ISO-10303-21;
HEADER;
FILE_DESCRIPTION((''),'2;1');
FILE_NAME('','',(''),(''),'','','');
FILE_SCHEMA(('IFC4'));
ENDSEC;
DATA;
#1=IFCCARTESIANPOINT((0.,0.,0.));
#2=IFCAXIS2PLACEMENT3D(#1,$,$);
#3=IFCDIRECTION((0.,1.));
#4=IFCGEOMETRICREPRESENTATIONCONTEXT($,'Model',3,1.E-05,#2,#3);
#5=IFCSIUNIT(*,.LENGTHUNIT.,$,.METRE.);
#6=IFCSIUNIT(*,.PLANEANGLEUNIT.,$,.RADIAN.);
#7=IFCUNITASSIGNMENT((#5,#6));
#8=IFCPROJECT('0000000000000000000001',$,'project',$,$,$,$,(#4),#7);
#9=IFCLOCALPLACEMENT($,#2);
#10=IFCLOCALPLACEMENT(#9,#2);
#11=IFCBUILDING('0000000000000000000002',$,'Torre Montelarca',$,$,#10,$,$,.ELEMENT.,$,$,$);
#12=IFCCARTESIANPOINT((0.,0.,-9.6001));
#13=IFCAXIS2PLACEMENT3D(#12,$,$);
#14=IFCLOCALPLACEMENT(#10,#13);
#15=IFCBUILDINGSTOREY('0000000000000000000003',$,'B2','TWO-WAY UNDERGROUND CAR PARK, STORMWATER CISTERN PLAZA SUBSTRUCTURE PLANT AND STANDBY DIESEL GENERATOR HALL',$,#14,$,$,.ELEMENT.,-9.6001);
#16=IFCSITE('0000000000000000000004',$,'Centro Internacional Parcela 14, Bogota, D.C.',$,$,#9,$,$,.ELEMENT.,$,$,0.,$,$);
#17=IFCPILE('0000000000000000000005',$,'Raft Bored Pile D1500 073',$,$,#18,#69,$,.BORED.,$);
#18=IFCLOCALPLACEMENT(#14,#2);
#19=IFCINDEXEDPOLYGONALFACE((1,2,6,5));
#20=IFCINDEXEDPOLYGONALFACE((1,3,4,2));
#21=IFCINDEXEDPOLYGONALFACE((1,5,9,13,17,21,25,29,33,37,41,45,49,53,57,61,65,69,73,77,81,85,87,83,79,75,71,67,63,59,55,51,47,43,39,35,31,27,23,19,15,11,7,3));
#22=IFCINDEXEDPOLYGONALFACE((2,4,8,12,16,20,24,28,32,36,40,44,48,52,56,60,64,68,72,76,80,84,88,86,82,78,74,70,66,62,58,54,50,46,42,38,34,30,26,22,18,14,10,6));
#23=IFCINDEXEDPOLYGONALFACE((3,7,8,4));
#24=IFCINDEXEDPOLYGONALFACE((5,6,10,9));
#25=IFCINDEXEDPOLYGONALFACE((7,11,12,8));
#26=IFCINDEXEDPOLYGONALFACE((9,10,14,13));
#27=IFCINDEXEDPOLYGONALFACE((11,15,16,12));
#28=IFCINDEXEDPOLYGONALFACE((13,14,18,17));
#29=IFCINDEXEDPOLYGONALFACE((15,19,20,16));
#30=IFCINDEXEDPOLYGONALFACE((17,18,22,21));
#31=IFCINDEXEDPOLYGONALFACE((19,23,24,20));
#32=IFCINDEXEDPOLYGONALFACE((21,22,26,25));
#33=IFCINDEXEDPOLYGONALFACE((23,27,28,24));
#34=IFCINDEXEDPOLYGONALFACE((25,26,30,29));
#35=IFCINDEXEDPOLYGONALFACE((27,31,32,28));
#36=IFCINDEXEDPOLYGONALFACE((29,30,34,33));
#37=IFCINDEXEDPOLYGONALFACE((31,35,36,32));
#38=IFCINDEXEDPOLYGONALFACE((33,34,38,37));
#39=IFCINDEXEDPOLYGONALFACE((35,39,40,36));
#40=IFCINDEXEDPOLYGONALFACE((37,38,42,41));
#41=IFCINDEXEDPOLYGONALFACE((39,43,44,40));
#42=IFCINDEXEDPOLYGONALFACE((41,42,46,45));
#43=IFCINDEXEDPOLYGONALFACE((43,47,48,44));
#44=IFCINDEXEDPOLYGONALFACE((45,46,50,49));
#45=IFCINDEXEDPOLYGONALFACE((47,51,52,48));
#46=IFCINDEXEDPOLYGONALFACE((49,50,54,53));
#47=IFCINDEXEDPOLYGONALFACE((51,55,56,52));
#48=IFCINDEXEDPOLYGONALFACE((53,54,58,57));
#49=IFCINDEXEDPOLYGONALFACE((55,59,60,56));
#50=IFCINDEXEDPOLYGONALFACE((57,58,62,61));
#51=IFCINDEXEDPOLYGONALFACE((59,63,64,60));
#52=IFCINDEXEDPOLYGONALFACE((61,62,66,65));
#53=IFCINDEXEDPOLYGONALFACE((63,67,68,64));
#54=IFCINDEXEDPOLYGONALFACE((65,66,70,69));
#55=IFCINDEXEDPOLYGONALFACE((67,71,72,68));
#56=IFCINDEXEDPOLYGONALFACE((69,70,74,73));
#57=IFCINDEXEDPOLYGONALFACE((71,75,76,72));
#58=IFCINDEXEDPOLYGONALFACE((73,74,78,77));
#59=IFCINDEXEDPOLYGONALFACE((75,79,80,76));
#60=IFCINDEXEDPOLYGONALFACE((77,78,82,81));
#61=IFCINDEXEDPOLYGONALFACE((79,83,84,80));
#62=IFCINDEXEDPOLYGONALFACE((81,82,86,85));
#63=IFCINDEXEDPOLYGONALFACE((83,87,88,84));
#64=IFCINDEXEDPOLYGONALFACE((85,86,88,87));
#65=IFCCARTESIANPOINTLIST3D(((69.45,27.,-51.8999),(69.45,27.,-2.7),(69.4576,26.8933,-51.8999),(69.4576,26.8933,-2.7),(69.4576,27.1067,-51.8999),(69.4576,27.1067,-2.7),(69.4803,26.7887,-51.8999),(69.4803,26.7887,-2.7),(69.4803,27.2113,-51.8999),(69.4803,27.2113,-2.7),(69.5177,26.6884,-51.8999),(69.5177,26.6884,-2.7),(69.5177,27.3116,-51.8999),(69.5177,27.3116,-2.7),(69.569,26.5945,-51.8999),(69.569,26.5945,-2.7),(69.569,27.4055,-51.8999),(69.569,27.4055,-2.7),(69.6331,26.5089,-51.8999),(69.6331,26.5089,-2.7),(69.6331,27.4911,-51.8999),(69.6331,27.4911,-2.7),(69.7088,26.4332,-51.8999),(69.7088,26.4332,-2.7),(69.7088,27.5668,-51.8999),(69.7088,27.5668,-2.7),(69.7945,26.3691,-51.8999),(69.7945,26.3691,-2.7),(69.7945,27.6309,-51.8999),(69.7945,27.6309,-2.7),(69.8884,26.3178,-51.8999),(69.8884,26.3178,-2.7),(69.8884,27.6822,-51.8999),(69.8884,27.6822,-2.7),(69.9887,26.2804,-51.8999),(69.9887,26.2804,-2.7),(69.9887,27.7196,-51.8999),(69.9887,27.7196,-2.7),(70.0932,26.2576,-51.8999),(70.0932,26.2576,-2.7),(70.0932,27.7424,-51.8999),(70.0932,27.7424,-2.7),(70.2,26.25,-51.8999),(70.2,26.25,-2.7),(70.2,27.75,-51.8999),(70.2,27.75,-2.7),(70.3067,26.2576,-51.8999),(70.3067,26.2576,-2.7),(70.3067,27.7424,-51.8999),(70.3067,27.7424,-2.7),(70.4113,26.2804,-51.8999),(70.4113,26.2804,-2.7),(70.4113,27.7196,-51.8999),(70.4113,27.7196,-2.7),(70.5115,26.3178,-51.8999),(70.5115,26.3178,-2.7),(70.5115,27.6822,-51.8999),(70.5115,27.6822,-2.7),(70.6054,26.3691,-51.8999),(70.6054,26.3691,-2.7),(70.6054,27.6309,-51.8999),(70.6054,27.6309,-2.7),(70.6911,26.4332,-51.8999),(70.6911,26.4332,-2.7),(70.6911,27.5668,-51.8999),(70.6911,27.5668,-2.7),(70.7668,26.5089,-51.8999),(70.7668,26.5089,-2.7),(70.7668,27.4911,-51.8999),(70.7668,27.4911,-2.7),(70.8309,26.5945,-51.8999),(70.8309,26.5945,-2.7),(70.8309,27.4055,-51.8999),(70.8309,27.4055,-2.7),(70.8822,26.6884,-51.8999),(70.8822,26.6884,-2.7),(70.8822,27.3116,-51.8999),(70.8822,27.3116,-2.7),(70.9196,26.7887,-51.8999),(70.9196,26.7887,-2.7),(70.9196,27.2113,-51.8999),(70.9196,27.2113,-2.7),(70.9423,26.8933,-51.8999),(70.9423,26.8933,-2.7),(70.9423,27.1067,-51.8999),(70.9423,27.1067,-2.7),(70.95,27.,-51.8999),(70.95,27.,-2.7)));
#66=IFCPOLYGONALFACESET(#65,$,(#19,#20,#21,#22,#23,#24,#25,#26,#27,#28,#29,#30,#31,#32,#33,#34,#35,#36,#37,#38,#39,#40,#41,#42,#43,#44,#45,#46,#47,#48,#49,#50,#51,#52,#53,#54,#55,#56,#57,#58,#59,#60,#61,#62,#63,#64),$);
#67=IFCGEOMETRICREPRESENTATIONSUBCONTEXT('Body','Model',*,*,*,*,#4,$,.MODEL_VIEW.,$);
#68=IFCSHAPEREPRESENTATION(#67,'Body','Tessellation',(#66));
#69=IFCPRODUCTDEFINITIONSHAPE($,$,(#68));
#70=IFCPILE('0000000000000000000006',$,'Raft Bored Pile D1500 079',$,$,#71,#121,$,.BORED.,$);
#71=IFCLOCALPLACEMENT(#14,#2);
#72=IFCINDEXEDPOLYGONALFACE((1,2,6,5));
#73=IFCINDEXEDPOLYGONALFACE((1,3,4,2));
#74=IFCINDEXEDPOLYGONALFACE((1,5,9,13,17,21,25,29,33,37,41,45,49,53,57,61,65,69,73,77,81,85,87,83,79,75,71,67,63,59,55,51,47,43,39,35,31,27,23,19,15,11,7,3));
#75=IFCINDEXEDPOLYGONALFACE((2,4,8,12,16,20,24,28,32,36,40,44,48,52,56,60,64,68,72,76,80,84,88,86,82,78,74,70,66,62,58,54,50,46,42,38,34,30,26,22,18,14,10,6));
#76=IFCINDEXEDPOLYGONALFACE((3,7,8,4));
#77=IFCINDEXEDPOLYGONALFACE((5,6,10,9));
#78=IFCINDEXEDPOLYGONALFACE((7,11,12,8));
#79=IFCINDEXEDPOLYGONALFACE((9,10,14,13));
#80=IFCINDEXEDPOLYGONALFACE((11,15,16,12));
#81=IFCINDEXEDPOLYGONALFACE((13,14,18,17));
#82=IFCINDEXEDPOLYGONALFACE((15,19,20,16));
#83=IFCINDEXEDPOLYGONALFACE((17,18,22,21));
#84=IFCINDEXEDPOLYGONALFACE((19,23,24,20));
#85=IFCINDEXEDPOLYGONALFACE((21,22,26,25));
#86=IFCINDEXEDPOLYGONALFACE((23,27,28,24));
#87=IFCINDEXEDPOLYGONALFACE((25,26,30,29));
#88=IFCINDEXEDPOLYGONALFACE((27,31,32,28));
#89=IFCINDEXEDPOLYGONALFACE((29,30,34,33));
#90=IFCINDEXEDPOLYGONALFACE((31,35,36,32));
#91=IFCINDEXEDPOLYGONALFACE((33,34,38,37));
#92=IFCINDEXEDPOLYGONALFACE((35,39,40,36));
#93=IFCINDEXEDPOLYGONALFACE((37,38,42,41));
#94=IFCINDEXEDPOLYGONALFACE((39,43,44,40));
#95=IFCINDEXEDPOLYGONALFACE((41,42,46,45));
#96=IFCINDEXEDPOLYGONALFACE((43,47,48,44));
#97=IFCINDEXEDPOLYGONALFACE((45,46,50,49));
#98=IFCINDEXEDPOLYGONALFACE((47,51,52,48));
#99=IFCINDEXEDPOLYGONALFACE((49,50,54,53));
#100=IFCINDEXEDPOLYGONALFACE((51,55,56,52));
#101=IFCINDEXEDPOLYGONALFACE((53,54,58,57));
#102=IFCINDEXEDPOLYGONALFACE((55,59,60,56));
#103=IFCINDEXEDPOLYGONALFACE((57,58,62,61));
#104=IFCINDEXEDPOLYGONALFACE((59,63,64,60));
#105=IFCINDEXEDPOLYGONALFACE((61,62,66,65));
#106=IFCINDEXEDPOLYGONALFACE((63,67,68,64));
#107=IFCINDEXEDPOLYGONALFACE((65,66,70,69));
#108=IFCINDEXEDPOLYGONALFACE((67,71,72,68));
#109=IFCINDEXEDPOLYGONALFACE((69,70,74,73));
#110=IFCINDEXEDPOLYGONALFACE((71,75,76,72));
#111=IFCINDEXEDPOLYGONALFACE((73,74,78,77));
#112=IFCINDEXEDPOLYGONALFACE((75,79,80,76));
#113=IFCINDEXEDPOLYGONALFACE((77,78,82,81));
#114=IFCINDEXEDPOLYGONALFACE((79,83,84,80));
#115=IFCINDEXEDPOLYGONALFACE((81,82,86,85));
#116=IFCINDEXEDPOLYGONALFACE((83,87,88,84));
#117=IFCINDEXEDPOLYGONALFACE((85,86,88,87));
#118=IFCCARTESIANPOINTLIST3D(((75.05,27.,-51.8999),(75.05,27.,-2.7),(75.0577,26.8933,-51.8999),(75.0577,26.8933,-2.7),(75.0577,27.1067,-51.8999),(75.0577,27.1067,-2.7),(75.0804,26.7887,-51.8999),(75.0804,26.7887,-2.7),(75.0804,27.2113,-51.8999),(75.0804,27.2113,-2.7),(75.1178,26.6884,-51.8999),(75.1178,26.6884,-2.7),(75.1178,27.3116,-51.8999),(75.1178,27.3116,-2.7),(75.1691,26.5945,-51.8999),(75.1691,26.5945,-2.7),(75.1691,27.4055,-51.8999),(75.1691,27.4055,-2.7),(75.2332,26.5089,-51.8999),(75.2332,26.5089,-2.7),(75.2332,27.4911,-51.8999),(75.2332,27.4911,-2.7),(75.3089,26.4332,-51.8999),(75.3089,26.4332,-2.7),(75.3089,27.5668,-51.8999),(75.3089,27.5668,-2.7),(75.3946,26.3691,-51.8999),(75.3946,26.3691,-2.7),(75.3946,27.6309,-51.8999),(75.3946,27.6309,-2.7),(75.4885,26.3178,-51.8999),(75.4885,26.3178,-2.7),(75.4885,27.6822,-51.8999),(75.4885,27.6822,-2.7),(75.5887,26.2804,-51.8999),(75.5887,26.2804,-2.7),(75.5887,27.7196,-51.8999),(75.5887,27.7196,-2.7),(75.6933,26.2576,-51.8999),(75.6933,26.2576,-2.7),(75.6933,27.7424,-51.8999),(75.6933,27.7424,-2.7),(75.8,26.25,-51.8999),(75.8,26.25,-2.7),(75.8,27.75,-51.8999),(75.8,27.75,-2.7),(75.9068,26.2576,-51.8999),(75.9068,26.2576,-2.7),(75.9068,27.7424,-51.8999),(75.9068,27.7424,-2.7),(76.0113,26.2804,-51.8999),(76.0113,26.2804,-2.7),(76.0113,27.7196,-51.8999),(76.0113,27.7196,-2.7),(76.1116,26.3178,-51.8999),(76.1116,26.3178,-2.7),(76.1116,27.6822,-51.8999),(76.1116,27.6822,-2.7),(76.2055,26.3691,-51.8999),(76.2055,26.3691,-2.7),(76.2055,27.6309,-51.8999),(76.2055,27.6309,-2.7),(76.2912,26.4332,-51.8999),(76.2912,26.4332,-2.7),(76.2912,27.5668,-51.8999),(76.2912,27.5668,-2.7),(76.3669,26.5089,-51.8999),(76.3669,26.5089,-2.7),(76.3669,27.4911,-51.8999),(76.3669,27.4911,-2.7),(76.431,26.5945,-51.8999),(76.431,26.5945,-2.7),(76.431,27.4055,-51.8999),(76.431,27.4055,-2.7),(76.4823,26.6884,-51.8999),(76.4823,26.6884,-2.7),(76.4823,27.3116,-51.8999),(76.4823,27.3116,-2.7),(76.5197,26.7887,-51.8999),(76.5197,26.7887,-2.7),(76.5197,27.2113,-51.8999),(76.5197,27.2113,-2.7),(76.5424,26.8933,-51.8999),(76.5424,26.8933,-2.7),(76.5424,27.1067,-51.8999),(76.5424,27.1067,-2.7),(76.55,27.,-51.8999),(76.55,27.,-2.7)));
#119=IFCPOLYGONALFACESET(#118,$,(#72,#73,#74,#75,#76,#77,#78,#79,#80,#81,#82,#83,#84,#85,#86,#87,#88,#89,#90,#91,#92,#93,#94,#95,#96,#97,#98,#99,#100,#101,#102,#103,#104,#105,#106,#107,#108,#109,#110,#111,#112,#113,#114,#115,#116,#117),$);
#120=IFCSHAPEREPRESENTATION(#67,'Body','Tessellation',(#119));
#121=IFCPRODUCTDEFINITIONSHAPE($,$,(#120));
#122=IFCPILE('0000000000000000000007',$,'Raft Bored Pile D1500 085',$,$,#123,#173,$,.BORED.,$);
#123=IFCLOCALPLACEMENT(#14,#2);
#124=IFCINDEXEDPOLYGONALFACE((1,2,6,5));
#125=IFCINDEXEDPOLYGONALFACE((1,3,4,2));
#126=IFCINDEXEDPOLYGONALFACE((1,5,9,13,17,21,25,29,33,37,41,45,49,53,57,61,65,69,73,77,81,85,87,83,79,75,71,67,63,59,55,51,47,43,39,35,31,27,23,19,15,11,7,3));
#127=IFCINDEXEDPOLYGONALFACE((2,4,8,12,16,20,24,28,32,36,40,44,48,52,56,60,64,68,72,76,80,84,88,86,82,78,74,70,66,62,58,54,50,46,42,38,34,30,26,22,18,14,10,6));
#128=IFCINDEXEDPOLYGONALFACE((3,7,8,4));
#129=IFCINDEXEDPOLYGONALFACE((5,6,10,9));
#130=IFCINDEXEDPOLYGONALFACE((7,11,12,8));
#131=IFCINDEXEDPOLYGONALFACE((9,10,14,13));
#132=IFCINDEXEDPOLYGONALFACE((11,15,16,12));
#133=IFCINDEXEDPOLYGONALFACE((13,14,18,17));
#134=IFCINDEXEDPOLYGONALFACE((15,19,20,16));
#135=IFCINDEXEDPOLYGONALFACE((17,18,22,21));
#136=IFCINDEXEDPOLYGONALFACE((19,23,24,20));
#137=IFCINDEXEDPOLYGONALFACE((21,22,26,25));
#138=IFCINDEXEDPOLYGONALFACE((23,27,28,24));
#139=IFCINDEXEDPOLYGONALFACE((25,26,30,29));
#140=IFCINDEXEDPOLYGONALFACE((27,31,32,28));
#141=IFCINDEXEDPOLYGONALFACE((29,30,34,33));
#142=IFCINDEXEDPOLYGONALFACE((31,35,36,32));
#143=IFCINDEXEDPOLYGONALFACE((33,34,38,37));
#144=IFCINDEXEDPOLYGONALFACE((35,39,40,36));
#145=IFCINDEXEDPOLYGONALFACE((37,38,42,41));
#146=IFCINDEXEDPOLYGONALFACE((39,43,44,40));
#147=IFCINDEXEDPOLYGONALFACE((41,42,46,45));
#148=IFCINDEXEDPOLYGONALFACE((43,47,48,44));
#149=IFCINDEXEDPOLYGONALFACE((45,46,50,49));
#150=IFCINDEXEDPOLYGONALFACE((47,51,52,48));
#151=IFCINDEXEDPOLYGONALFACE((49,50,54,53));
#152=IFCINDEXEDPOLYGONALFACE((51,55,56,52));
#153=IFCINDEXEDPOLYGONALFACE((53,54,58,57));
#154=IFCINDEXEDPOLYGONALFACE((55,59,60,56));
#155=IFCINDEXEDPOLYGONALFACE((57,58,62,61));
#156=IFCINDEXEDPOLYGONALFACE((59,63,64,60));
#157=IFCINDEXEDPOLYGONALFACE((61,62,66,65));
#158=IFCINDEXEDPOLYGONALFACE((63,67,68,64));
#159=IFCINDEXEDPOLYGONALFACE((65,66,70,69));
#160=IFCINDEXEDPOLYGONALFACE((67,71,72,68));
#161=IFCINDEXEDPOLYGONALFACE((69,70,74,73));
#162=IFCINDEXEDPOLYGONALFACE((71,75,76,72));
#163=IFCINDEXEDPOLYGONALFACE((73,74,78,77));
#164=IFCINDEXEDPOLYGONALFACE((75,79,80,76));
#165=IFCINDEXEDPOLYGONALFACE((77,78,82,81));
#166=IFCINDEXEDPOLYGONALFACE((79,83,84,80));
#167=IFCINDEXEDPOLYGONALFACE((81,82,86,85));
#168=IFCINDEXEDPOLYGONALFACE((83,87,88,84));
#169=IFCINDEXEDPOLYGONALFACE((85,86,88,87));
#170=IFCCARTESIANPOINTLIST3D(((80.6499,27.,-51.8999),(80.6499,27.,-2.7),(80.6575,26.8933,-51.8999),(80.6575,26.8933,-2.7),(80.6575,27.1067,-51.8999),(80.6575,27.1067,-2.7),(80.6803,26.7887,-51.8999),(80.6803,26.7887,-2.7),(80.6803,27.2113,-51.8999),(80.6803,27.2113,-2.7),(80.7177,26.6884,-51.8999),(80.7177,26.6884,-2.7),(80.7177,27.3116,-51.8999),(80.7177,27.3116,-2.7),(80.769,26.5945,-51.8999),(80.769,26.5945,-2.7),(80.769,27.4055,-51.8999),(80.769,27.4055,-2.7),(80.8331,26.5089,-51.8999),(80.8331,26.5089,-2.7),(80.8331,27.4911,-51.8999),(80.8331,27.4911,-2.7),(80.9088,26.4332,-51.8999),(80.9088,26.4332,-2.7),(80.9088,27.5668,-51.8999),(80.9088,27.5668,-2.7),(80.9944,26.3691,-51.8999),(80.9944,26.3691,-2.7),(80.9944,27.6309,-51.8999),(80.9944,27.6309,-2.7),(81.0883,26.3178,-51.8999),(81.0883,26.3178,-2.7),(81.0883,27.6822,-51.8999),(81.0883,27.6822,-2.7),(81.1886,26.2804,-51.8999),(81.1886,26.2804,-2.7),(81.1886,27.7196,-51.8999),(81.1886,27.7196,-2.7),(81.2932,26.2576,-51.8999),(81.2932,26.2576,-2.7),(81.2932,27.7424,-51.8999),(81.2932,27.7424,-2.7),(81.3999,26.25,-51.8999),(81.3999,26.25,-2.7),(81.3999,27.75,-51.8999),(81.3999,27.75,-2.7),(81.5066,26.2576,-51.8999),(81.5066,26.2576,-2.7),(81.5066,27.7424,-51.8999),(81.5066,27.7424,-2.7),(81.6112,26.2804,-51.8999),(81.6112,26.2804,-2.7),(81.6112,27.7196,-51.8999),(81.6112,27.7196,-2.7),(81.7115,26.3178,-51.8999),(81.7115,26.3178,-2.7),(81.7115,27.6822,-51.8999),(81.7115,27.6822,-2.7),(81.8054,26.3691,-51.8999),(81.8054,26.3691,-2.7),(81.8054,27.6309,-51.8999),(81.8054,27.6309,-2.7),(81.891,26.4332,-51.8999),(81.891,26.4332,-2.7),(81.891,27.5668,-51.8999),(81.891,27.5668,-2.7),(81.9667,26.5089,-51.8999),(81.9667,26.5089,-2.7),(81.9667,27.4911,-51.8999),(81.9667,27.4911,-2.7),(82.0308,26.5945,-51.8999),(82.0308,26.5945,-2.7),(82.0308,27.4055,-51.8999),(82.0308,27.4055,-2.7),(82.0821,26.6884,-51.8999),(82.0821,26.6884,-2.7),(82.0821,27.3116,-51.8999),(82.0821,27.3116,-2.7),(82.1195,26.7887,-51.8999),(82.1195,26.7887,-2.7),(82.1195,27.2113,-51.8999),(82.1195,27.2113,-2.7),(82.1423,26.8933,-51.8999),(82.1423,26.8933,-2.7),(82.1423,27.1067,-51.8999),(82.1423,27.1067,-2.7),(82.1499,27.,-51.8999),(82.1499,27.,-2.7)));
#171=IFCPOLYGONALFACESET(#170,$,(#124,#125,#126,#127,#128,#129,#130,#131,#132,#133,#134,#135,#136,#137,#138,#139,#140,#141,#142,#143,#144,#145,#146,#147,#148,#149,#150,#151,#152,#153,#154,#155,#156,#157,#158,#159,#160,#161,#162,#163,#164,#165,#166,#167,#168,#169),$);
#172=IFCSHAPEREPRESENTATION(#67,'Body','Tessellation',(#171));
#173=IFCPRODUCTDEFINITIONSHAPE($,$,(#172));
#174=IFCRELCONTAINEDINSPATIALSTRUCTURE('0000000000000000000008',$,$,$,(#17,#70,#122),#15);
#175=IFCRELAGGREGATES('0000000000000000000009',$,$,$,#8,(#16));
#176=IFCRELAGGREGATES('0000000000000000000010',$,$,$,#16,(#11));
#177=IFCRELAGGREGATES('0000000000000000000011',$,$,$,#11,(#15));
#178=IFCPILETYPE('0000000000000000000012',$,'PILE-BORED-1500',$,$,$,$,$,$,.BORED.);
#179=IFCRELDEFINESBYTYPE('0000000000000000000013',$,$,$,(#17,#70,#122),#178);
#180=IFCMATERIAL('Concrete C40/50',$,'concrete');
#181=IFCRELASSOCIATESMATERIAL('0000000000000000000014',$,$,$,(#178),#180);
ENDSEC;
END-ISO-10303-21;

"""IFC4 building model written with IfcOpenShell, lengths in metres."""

from ifc_helpers import new_model, si_unit, direction, frame, origin, origin_2d, place, context, subcontext, project, spatial, circle, extrude, source, transform, mapped, material, material_profile, profile_set, type_object, element, save


model = new_model("IFC4")

# Units and contexts
model_context = context("Model", 3, precision=1e-05, world=origin(), true_north=direction((0.0, 1.0)))
body_context = subcontext(model_context, "Body", "Model", "MODEL_VIEW")
ifc_project = project(units=[si_unit("LENGTHUNIT", "METRE"), si_unit("PLANEANGLEUNIT", "RADIAN")], contexts=[model_context])

# Site, building, storey
site_placement = place(None, origin())
site = spatial("IfcSite", under=ifc_project, at=site_placement, Name="Centro Internacional Parcela 14, Bogota, D.C.", CompositionType="ELEMENT", RefElevation=0.0)
building_placement = place(site_placement, origin())
building = spatial("IfcBuilding", under=site, at=building_placement, Name="Torre Montelarca", CompositionType="ELEMENT")
storey_placement = place(building_placement, frame((0.0, 0.0, -9.6001)))
storey = spatial("IfcBuildingStorey", under=building, at=storey_placement, Name="B2", Description="TWO-WAY UNDERGROUND CAR PARK, STORMWATER CISTERN PLAZA SUBSTRUCTURE PLANT AND STANDBY DIESEL GENERATOR HALL", CompositionType="ELEMENT", Elevation=-9.6001)

# Piles
ifc_material_1 = material(Name="Concrete C40/50", Category="concrete")
ifc_material_profile_1 = material_profile(ifc_material_1, circle(Radius=0.75, at=origin_2d()), Name="PILE-D1500", Category="concrete")
ifc_profile_set_1 = profile_set([ifc_material_profile_1], Name="Concrete C40/50")
pile_type_1 = type_object("IfcPileType", Name="PILE-BORED-1500", PredefinedType="BORED", material=ifc_profile_set_1)
shared_shape_1 = source(origin(), body_context, "Body", "SweptSolid", [
    extrude(circle(Radius=0.75, at=origin_2d()), origin(), (0.0, 0.0, 1.0), 49.2),
])
for number, where, z_axis, x_axis, name in (
    (1, (70.2, 27.0, -2.7), (0.0, 0.0, -1.0), (1.0, 0.0, 0.0), "Raft Bored Pile D1500 073"),
    (2, (75.8, 27.0, -2.7), (0.0, 0.0, -1.0), (1.0, 0.0, 0.0), "Raft Bored Pile D1500 079"),
    (3, (81.3999, 27.0, -2.7), (0.0, 0.0, -1.0), (1.0, 0.0, 0.0), "Raft Bored Pile D1500 085"),
):
    element("IfcPile", number, at=place(storey_placement, frame(where, z_axis=z_axis, x_axis=x_axis)), inside=storey, type_object=pile_type_1, Name=name, PredefinedType="BORED", context=body_context, shape_type="MappedRepresentation", body=[
        mapped(shared_shape_1, transform((0.0, 0.0, 0.0), scale=1.0)),
    ])

save(model, "model.ifc")
